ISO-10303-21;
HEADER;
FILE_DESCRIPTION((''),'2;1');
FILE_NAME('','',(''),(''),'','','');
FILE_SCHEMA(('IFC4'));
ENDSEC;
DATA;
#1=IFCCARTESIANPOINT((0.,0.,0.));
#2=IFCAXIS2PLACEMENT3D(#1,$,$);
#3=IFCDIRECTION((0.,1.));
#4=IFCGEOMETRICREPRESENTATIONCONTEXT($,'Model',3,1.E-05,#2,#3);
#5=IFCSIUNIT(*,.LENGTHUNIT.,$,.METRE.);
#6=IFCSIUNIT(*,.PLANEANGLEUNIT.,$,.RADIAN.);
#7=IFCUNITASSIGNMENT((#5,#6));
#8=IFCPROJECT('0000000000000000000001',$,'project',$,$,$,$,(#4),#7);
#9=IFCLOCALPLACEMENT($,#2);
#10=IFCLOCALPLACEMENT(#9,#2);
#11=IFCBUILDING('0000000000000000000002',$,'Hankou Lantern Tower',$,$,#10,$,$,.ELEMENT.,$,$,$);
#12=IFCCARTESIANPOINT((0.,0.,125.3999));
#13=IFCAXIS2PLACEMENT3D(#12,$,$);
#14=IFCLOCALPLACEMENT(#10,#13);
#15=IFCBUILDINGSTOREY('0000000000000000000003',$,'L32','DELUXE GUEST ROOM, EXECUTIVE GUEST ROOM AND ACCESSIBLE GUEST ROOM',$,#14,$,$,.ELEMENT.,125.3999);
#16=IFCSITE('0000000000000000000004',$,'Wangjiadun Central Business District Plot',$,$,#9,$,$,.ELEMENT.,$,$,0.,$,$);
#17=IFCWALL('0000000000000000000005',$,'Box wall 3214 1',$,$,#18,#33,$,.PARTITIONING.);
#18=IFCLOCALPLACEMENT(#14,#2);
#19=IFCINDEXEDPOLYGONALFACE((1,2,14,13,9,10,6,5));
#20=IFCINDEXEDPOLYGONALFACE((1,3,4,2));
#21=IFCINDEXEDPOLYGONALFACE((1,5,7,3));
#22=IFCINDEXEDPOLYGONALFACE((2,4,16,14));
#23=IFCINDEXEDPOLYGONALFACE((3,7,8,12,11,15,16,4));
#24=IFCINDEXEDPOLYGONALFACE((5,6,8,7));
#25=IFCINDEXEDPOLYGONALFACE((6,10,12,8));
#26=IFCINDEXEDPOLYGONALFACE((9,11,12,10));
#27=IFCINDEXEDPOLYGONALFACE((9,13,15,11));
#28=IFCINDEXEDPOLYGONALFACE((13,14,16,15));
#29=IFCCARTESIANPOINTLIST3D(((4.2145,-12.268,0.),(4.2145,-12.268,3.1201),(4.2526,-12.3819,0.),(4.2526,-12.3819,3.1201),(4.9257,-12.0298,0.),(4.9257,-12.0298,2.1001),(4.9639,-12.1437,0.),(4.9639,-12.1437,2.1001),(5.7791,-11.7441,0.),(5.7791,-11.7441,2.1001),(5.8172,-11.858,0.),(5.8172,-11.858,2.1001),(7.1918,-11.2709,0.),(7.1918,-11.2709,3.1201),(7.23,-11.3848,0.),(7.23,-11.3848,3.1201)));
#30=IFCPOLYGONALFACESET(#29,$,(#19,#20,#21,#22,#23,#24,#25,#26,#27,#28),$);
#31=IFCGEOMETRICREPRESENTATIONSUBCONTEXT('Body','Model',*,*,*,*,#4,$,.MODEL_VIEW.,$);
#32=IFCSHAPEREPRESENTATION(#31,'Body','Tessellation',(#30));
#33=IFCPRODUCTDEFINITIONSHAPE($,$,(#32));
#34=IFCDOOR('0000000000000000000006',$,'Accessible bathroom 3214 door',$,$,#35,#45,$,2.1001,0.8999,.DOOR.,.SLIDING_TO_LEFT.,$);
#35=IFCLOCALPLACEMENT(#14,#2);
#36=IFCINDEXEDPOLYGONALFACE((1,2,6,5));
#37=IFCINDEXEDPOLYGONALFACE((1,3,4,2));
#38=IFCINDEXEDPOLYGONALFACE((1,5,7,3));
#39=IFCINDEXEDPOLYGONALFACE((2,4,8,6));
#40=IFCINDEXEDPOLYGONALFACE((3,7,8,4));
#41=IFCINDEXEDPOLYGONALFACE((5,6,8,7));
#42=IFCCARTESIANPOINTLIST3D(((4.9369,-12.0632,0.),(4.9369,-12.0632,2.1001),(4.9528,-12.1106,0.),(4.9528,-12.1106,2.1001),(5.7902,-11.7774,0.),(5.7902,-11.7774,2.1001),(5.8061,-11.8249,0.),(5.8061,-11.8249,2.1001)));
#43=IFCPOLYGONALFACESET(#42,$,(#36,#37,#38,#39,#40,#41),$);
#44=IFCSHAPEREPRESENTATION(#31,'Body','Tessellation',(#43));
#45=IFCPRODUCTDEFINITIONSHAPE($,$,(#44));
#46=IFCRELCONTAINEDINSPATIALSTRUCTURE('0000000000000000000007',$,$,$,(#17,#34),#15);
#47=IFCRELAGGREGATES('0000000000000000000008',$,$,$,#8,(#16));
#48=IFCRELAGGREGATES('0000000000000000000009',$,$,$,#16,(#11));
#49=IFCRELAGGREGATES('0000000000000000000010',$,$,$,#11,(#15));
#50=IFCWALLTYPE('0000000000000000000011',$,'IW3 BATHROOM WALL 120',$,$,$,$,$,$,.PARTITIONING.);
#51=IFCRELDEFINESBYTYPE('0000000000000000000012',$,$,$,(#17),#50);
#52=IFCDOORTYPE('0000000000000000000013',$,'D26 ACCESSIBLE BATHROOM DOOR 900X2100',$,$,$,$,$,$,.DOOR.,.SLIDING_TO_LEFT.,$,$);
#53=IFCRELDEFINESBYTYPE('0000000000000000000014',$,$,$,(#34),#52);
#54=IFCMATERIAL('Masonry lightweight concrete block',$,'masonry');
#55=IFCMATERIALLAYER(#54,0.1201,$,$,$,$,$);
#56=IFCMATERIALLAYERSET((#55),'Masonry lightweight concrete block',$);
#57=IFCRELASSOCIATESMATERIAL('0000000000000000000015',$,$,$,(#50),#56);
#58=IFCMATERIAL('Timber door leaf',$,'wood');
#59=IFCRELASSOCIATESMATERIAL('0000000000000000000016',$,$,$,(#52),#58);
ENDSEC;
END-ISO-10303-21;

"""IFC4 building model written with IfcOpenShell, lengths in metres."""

from ifc_helpers import new_model, si_unit, direction, frame, frame_2d, origin, place, context, subcontext, project, spatial, rectangle, extrude, material, layer, layer_set, type_object, element, fill, save


model = new_model("IFC4")

# Units and contexts
model_context = context("Model", 3, precision=1e-05, world=origin(), true_north=direction((0.0, 1.0)))
body_context = subcontext(model_context, "Body", "Model", "MODEL_VIEW")
ifc_project = project(units=[si_unit("LENGTHUNIT", "METRE"), si_unit("PLANEANGLEUNIT", "RADIAN")], contexts=[model_context])

# Site, building, storey
site_placement = place(None, origin())
site = spatial("IfcSite", under=ifc_project, at=site_placement, Name="Wangjiadun Central Business District Plot", CompositionType="ELEMENT", RefElevation=0.0)
building_placement = place(site_placement, origin())
building = spatial("IfcBuilding", under=site, at=building_placement, Name="Hankou Lantern Tower", CompositionType="ELEMENT")
storey_placement = place(building_placement, frame((0.0, 0.0, 125.3999)))
storey = spatial("IfcBuildingStorey", under=building, at=storey_placement, Name="L32", Description="DELUXE GUEST ROOM, EXECUTIVE GUEST ROOM AND ACCESSIBLE GUEST ROOM", CompositionType="ELEMENT", Elevation=125.3999)

# Shared definitions
ifc_material_1 = material(Name="Masonry lightweight concrete block", Category="masonry")
ifc_layer_1 = layer(ifc_material_1, 0.1201)
ifc_layer_set_1 = layer_set([ifc_layer_1], Name="Masonry lightweight concrete block")
wall_type_1 = type_object("IfcWallType", Name="IW3 BATHROOM WALL 120", PredefinedType="PARTITIONING", material=ifc_layer_set_1)

# Wall, opening, door
wall_1_placement = place(storey_placement, frame((4.2336, -12.325, 0.0), z_axis=(0.0, 0.0, 1.0), x_axis=(0.948239, 0.317557, 0.0)))
wall_1 = element("IfcWall", 1, at=wall_1_placement, inside=storey, type_object=wall_type_1, Name="Box wall 3214 1", PredefinedType="PARTITIONING", context=body_context, shape_type="SweptSolid", body=[
    extrude(rectangle(XDim=3.1399, YDim=0.1201, at=frame_2d((1.5698, 0.0))), origin(), (0.0, 0.0, 1.0), 3.1201),
])
opening_1_placement = place(wall_1_placement, frame((0.75, 0.0, 0.0)))
opening_1 = element("IfcOpeningElement", 2, at=opening_1_placement, cuts=wall_1, PredefinedType="OPENING", context=body_context, shape_type="SweptSolid", body=[
    extrude(rectangle(XDim=0.8999, YDim=2.1001, at=frame_2d((0.45, 1.05))), frame((0.0, 0.0701, 0.0), z_axis=(0.0, -1.0, 0.0), x_axis=(1.0, 0.0, 0.0)), (0.0, 0.0, 1.0), 0.1401),
])
ifc_material_2 = material(Name="Timber door leaf", Category="wood")
door_type = type_object("IfcDoorType", Name="D26 ACCESSIBLE BATHROOM DOOR 900X2100", OperationType="SLIDING_TO_LEFT", PredefinedType="DOOR", material=ifc_material_2)
door_placement = place(opening_1_placement, origin())
door = element("IfcDoor", 3, at=door_placement, inside=storey, type_object=door_type, Name="Accessible bathroom 3214 door", OperationType="SLIDING_TO_LEFT", OverallHeight=2.1001, OverallWidth=0.8999, PredefinedType="DOOR", context=body_context, shape_type="SweptSolid", body=[
    extrude(rectangle(XDim=0.8999, YDim=2.1001, at=frame_2d((0.45, 1.05))), frame((0.0, 0.0249, 0.0), z_axis=(0.0, -1.0, 0.0), x_axis=(1.0, 0.0, 0.0)), (0.0, 0.0, 1.0), 0.05),
])
fill(opening_1, door)

save(model, "model.ifc")
